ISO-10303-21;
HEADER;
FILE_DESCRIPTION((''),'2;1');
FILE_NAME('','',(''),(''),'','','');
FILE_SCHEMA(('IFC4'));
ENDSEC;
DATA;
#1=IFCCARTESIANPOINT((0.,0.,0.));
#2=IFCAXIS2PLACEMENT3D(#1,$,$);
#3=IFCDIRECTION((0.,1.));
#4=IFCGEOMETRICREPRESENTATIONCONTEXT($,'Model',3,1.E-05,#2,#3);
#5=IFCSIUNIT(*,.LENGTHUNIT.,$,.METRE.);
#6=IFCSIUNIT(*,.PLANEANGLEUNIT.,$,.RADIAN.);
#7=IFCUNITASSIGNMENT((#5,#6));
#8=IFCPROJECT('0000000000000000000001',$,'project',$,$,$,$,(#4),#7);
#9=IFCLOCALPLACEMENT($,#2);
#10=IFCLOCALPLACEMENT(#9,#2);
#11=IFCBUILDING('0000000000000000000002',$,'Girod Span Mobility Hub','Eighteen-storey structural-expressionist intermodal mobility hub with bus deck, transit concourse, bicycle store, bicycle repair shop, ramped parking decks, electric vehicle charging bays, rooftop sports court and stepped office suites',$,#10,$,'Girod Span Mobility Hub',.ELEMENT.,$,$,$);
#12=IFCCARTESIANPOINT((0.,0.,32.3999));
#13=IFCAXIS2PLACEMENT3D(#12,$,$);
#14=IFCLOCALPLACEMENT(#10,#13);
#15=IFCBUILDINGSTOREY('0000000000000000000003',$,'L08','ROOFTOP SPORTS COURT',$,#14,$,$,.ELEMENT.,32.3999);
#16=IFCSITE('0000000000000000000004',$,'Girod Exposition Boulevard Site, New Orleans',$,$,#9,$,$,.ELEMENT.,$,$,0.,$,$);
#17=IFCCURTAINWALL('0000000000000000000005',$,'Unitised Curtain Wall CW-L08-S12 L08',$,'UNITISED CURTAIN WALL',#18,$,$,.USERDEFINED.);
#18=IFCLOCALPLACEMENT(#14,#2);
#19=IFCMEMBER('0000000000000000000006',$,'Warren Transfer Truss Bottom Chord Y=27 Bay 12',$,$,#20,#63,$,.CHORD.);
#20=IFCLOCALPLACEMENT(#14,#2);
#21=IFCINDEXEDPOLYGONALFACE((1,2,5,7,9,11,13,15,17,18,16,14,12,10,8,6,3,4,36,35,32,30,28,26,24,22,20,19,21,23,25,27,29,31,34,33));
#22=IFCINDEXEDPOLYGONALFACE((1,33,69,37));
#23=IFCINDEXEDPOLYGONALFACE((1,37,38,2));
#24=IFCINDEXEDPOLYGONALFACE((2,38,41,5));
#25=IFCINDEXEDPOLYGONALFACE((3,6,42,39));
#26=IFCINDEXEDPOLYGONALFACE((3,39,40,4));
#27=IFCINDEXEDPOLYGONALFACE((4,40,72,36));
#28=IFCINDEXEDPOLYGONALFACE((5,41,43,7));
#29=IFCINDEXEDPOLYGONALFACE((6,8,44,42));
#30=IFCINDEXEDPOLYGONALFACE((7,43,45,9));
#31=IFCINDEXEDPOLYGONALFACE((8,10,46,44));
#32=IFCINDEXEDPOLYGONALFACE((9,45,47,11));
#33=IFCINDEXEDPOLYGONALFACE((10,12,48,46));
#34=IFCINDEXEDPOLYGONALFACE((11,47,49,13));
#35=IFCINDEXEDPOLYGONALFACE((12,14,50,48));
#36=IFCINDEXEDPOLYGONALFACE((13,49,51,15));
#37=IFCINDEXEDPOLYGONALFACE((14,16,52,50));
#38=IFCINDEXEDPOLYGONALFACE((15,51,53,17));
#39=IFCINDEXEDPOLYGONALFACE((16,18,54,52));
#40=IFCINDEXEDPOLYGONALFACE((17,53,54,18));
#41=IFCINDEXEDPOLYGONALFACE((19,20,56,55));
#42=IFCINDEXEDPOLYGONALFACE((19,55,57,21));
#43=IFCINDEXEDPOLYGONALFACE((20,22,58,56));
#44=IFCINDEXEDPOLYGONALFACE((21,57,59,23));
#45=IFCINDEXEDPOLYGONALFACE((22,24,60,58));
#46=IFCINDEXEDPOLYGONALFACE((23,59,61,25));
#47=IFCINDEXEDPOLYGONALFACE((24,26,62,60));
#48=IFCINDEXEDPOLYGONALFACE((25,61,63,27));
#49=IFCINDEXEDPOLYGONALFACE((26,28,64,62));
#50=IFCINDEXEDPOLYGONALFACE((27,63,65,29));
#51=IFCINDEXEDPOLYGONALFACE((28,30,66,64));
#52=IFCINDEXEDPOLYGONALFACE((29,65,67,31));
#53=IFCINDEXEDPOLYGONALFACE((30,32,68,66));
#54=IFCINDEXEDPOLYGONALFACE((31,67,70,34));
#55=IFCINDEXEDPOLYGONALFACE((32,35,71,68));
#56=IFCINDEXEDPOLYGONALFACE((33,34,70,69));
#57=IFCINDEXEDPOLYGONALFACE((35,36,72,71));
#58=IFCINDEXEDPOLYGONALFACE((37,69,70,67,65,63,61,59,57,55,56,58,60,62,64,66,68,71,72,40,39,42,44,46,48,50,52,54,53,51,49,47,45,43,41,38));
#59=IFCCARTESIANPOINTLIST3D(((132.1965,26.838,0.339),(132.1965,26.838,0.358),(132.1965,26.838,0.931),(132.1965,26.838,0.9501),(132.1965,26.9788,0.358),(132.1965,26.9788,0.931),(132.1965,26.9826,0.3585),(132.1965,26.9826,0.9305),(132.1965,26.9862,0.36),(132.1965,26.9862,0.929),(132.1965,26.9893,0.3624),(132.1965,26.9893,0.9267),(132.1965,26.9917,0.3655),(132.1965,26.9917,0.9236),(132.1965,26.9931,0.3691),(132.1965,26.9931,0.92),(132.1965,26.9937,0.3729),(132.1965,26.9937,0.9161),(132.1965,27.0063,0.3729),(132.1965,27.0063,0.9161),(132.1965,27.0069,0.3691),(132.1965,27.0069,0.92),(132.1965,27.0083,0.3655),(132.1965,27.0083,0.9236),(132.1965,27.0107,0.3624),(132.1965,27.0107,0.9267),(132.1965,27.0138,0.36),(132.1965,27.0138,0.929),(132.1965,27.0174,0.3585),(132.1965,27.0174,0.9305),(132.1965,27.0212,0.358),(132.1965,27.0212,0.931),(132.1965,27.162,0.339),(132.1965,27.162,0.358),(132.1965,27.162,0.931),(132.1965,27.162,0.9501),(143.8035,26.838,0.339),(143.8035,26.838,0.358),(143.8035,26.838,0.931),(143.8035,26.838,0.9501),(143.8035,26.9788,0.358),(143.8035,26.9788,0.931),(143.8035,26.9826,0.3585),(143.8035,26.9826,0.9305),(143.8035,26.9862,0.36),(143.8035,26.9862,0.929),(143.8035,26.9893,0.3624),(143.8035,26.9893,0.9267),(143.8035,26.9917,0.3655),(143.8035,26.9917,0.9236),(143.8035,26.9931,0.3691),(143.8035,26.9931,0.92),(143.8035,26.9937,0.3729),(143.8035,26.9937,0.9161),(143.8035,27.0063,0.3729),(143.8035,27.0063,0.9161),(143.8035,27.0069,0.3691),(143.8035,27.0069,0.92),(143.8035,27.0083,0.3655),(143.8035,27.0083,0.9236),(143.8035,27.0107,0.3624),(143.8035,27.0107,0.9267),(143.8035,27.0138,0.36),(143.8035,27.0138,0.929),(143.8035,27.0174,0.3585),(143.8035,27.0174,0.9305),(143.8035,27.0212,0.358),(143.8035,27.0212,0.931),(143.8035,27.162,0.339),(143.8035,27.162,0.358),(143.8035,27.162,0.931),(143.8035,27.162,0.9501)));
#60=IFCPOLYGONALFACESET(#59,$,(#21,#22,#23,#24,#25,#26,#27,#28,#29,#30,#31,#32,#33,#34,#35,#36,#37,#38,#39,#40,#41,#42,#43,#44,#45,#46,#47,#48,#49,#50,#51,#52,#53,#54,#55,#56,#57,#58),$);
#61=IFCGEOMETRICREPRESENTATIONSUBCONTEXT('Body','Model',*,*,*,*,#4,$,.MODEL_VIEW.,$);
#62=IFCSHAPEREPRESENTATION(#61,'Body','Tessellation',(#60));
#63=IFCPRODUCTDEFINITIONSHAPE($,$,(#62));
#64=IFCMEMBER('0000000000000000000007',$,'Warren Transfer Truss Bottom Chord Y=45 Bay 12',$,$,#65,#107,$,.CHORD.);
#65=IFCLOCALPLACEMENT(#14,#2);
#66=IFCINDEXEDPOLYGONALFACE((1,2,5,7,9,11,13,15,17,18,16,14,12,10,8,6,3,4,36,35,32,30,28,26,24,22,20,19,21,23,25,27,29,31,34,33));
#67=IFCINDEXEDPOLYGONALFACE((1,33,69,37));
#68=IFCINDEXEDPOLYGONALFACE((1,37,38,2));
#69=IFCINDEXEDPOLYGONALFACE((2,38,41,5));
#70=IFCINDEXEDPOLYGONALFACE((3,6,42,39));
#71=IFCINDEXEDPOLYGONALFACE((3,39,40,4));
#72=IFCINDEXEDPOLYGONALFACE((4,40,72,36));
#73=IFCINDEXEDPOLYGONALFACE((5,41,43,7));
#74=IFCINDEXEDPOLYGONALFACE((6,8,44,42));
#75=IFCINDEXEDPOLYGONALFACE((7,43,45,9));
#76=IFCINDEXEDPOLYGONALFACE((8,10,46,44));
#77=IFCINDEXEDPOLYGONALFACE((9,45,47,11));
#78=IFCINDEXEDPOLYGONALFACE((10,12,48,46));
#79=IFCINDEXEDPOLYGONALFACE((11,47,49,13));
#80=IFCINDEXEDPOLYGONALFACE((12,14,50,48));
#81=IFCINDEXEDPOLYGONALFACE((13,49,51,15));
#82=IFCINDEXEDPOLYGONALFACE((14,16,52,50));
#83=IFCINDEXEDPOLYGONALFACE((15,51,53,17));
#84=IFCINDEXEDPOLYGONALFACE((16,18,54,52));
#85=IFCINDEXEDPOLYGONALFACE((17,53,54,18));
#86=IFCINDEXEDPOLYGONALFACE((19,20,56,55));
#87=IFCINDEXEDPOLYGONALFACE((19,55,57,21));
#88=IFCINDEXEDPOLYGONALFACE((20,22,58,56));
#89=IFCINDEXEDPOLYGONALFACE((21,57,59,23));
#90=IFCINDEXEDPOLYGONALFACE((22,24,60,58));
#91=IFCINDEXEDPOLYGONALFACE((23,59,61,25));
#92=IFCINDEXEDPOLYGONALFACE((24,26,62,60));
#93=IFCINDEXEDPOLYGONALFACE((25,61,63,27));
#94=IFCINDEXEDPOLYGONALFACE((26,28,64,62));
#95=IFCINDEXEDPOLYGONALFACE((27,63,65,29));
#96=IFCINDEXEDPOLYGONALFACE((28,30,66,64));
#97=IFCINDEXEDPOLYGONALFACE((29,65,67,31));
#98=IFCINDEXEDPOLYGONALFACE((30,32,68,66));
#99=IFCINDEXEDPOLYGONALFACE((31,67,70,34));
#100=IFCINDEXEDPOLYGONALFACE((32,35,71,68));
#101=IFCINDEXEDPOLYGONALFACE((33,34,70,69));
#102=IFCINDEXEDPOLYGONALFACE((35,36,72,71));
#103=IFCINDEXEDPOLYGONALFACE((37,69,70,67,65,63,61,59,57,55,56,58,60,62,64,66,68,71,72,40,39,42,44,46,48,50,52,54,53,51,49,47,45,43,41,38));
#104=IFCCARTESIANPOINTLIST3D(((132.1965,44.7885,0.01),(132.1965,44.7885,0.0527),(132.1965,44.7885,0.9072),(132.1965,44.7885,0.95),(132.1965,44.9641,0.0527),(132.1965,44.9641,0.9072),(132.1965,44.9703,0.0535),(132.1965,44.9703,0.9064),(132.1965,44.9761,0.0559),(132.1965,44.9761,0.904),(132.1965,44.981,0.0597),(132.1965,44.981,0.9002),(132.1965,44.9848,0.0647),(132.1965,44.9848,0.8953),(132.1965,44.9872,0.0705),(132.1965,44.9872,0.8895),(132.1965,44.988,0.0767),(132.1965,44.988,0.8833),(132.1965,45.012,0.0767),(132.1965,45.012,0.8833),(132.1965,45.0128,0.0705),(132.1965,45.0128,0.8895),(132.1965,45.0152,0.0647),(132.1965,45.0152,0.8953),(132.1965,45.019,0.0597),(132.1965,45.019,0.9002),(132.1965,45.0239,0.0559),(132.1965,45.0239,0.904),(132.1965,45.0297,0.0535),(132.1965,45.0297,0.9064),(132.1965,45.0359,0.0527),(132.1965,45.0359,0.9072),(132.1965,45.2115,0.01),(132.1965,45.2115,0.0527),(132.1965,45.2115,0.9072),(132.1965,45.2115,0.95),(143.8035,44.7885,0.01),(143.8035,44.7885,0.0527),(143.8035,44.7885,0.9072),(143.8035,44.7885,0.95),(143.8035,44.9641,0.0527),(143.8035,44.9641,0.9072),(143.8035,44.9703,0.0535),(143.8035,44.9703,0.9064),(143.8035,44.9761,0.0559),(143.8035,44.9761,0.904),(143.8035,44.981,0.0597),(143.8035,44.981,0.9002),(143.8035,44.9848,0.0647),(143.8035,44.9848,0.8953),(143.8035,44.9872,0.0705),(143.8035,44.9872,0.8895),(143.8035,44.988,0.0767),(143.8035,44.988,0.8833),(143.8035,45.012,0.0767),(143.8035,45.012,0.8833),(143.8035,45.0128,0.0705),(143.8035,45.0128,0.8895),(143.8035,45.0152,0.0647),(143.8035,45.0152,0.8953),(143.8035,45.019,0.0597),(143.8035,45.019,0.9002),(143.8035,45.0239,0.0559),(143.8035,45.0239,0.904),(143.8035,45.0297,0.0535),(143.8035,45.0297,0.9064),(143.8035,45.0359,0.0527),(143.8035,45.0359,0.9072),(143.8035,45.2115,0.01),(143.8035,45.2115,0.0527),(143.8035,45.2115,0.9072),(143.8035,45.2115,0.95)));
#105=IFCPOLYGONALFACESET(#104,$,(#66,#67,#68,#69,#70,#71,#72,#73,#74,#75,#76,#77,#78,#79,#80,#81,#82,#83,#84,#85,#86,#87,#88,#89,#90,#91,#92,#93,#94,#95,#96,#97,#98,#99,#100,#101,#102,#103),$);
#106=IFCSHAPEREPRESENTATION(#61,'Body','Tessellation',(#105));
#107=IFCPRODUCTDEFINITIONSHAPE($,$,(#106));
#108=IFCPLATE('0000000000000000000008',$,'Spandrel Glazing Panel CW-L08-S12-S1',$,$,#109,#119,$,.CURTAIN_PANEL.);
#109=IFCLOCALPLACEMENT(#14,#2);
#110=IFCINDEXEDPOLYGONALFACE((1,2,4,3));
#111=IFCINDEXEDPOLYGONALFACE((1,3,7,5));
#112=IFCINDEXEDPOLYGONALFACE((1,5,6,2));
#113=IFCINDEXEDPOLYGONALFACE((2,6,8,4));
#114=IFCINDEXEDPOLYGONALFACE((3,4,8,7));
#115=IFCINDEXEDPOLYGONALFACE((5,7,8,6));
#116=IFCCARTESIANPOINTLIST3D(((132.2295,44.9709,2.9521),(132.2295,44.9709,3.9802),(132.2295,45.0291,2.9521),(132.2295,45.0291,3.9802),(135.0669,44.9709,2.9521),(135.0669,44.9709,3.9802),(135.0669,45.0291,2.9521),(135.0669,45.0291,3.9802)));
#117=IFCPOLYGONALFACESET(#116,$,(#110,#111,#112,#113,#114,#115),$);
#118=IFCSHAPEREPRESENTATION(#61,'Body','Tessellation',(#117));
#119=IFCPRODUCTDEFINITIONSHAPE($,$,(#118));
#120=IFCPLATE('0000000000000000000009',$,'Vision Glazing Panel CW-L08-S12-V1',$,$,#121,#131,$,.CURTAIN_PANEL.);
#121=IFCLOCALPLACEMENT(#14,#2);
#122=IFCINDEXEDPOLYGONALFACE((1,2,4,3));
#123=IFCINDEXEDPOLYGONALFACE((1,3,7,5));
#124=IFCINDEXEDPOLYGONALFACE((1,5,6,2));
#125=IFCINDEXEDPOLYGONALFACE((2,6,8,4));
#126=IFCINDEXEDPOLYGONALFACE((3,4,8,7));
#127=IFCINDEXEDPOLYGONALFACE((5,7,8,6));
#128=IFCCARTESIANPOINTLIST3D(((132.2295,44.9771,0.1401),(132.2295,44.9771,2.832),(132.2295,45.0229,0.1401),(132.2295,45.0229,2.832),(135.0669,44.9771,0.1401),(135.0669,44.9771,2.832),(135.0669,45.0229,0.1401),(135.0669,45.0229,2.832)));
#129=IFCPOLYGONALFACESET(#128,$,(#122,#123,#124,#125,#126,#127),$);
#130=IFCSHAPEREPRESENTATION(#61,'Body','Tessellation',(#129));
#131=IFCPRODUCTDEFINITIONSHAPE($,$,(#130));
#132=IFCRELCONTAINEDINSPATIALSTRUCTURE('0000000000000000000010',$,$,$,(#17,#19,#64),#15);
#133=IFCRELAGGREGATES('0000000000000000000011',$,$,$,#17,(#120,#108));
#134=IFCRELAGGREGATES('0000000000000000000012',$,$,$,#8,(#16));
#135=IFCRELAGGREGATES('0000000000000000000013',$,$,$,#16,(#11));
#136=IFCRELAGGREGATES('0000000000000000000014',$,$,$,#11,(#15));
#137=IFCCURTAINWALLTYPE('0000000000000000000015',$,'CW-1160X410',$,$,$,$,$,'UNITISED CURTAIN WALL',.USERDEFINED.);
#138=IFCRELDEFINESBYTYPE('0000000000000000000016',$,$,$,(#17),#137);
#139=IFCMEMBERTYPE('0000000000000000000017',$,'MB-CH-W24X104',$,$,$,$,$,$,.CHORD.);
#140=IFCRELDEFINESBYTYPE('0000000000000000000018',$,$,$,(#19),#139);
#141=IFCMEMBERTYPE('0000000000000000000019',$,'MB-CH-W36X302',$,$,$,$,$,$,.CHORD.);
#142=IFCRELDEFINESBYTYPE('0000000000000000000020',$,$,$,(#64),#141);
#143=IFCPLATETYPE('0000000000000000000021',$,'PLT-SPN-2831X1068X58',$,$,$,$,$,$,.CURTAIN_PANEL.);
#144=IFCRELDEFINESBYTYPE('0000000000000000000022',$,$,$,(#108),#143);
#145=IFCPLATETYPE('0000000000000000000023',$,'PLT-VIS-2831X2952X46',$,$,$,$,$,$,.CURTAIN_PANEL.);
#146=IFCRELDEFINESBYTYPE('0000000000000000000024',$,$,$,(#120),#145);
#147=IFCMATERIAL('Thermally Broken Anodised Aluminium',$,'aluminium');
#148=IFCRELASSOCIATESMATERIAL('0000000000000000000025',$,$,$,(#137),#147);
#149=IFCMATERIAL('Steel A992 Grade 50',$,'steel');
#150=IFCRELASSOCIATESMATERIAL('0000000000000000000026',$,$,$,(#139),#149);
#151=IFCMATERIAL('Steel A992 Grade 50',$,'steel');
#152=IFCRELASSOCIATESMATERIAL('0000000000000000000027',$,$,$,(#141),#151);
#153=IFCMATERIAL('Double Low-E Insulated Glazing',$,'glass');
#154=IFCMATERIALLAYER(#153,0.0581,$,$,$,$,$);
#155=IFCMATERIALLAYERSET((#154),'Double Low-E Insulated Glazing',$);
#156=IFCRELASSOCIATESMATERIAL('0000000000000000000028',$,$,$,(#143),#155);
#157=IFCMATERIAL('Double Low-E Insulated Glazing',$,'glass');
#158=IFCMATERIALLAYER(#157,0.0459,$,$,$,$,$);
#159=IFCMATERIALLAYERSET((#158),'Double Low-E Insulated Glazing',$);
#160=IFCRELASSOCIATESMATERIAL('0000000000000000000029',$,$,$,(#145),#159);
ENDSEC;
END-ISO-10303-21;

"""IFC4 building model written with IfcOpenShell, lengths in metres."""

from ifc_helpers import new_model, si_unit, direction, frame, origin, origin_2d, place, context, subcontext, project, spatial, rectangle, i_section, extrude, material, layer, layer_set, material_profile, profile_set, type_object, element, aggregate, save


model = new_model("IFC4")

# Units and contexts
model_context = context("Model", 3, precision=1e-05, world=origin(), true_north=direction((0.0, 1.0)))
body_context = subcontext(model_context, "Body", "Model", "MODEL_VIEW")
ifc_project = project(units=[si_unit("LENGTHUNIT", "METRE"), si_unit("PLANEANGLEUNIT", "RADIAN")], contexts=[model_context])

# Site, building, storey
site_placement = place(None, origin())
site = spatial("IfcSite", under=ifc_project, at=site_placement, Name="Girod Exposition Boulevard Site, New Orleans", CompositionType="ELEMENT", RefElevation=0.0)
building_placement = place(site_placement, origin())
building = spatial("IfcBuilding", under=site, at=building_placement, Name="Girod Span Mobility Hub", Description="Eighteen-storey structural-expressionist intermodal mobility hub with bus deck, transit concourse, bicycle store, bicycle repair shop, ramped parking decks, electric vehicle charging bays, rooftop sports court and stepped office suites", LongName="Girod Span Mobility Hub", CompositionType="ELEMENT")
storey_placement = place(building_placement, frame((0.0, 0.0, 32.3999)))
storey = spatial("IfcBuildingStorey", under=building, at=storey_placement, Name="L08", Description="ROOFTOP SPORTS COURT", CompositionType="ELEMENT", Elevation=32.3999)

# Curtain wall
ifc_material_1 = material(Name="Thermally Broken Anodised Aluminium", Category="aluminium")
curtain_wall_type = type_object("IfcCurtainWallType", Name="CW-1160X410", ElementType="UNITISED CURTAIN WALL", PredefinedType="USERDEFINED", material=ifc_material_1)
curtain_wall_placement = place(storey_placement, origin())
curtain_wall = element("IfcCurtainWall", 1, at=curtain_wall_placement, inside=storey, type_object=curtain_wall_type, Name="Unitised Curtain Wall CW-L08-S12 L08", ObjectType="UNITISED CURTAIN WALL", PredefinedType="USERDEFINED")

# Members
ifc_material_2 = material(Name="Steel A992 Grade 50", Category="steel")
ifc_material_profile_1 = material_profile(ifc_material_2, i_section(OverallWidth=0.324, OverallDepth=0.6111, WebThickness=0.0127, FlangeThickness=0.019, FilletRadius=0.0149, at=origin_2d()), Name="W24X104")
ifc_profile_set_1 = profile_set([ifc_material_profile_1], Name="Steel A992 Grade 50")
member_type_1 = type_object("IfcMemberType", Name="MB-CH-W24X104", PredefinedType="CHORD", material=ifc_profile_set_1)
member_1_placement = place(storey_placement, frame((132.1965, 27.0, 0.6445), z_axis=(1.0, 0.0, 0.0), x_axis=(0.0, 1.0, 0.0)))
element("IfcMember", 2, at=member_1_placement, inside=storey, type_object=member_type_1, Name="Warren Transfer Truss Bottom Chord Y=27 Bay 12", PredefinedType="CHORD", context=body_context, shape_type="SweptSolid", body=[
    extrude(i_section(OverallWidth=0.324, OverallDepth=0.6111, WebThickness=0.0127, FlangeThickness=0.019, FilletRadius=0.0149, at=origin_2d()), origin(), (0.0, 0.0, 1.0), 11.6069),
])
ifc_material_3 = material(Name="Steel A992 Grade 50", Category="steel")
ifc_material_profile_2 = material_profile(ifc_material_3, i_section(OverallWidth=0.4231, OverallDepth=0.9399, WebThickness=0.0239, FlangeThickness=0.0427, FilletRadius=0.0239, at=origin_2d()), Name="W36X302")
ifc_profile_set_2 = profile_set([ifc_material_profile_2], Name="Steel A992 Grade 50")
member_type_2 = type_object("IfcMemberType", Name="MB-CH-W36X302", PredefinedType="CHORD", material=ifc_profile_set_2)
member_2_placement = place(storey_placement, frame((132.1965, 45.0, 0.48), z_axis=(1.0, 0.0, 0.0), x_axis=(0.0, 1.0, 0.0)))
element("IfcMember", 3, at=member_2_placement, inside=storey, type_object=member_type_2, Name="Warren Transfer Truss Bottom Chord Y=45 Bay 12", PredefinedType="CHORD", context=body_context, shape_type="SweptSolid", body=[
    extrude(i_section(OverallWidth=0.4231, OverallDepth=0.9399, WebThickness=0.0239, FlangeThickness=0.0427, FilletRadius=0.0239, at=origin_2d()), origin(), (0.0, 0.0, 1.0), 11.6069),
])

# Plates
ifc_material_4 = material(Name="Double Low-E Insulated Glazing", Category="glass")
ifc_layer_1 = layer(ifc_material_4, 0.0581)
ifc_layer_set_1 = layer_set([ifc_layer_1], Name="Double Low-E Insulated Glazing")
plate_type_1 = type_object("IfcPlateType", Name="PLT-SPN-2831X1068X58", PredefinedType="CURTAIN_PANEL", material=ifc_layer_set_1)
plate_1_placement = place(storey_placement, frame((133.6482, 45.0, 2.9521), z_axis=(0.0, 0.0, 1.0), x_axis=(1.0, 0.0, 0.0)))
plate_1 = element("IfcPlate", 4, at=plate_1_placement, type_object=plate_type_1, Name="Spandrel Glazing Panel CW-L08-S12-S1", PredefinedType="CURTAIN_PANEL", context=body_context, shape_type="SweptSolid", body=[
    extrude(rectangle(XDim=2.8374, YDim=0.0581, at=origin_2d()), origin(), (0.0, 0.0, 1.0), 1.0281),
])
ifc_material_5 = material(Name="Double Low-E Insulated Glazing", Category="glass")
ifc_layer_2 = layer(ifc_material_5, 0.0459)
ifc_layer_set_2 = layer_set([ifc_layer_2], Name="Double Low-E Insulated Glazing")
plate_type_2 = type_object("IfcPlateType", Name="PLT-VIS-2831X2952X46", PredefinedType="CURTAIN_PANEL", material=ifc_layer_set_2)
plate_2_placement = place(storey_placement, frame((133.6482, 45.0, 0.1401), z_axis=(0.0, 0.0, 1.0), x_axis=(1.0, 0.0, 0.0)))
plate_2 = element("IfcPlate", 5, at=plate_2_placement, type_object=plate_type_2, Name="Vision Glazing Panel CW-L08-S12-V1", PredefinedType="CURTAIN_PANEL", context=body_context, shape_type="SweptSolid", body=[
    extrude(rectangle(XDim=2.8374, YDim=0.0459, at=origin_2d()), origin(), (0.0, 0.0, 1.0), 2.6919),
])
aggregate(curtain_wall, [plate_2, plate_1])

save(model, "model.ifc")
